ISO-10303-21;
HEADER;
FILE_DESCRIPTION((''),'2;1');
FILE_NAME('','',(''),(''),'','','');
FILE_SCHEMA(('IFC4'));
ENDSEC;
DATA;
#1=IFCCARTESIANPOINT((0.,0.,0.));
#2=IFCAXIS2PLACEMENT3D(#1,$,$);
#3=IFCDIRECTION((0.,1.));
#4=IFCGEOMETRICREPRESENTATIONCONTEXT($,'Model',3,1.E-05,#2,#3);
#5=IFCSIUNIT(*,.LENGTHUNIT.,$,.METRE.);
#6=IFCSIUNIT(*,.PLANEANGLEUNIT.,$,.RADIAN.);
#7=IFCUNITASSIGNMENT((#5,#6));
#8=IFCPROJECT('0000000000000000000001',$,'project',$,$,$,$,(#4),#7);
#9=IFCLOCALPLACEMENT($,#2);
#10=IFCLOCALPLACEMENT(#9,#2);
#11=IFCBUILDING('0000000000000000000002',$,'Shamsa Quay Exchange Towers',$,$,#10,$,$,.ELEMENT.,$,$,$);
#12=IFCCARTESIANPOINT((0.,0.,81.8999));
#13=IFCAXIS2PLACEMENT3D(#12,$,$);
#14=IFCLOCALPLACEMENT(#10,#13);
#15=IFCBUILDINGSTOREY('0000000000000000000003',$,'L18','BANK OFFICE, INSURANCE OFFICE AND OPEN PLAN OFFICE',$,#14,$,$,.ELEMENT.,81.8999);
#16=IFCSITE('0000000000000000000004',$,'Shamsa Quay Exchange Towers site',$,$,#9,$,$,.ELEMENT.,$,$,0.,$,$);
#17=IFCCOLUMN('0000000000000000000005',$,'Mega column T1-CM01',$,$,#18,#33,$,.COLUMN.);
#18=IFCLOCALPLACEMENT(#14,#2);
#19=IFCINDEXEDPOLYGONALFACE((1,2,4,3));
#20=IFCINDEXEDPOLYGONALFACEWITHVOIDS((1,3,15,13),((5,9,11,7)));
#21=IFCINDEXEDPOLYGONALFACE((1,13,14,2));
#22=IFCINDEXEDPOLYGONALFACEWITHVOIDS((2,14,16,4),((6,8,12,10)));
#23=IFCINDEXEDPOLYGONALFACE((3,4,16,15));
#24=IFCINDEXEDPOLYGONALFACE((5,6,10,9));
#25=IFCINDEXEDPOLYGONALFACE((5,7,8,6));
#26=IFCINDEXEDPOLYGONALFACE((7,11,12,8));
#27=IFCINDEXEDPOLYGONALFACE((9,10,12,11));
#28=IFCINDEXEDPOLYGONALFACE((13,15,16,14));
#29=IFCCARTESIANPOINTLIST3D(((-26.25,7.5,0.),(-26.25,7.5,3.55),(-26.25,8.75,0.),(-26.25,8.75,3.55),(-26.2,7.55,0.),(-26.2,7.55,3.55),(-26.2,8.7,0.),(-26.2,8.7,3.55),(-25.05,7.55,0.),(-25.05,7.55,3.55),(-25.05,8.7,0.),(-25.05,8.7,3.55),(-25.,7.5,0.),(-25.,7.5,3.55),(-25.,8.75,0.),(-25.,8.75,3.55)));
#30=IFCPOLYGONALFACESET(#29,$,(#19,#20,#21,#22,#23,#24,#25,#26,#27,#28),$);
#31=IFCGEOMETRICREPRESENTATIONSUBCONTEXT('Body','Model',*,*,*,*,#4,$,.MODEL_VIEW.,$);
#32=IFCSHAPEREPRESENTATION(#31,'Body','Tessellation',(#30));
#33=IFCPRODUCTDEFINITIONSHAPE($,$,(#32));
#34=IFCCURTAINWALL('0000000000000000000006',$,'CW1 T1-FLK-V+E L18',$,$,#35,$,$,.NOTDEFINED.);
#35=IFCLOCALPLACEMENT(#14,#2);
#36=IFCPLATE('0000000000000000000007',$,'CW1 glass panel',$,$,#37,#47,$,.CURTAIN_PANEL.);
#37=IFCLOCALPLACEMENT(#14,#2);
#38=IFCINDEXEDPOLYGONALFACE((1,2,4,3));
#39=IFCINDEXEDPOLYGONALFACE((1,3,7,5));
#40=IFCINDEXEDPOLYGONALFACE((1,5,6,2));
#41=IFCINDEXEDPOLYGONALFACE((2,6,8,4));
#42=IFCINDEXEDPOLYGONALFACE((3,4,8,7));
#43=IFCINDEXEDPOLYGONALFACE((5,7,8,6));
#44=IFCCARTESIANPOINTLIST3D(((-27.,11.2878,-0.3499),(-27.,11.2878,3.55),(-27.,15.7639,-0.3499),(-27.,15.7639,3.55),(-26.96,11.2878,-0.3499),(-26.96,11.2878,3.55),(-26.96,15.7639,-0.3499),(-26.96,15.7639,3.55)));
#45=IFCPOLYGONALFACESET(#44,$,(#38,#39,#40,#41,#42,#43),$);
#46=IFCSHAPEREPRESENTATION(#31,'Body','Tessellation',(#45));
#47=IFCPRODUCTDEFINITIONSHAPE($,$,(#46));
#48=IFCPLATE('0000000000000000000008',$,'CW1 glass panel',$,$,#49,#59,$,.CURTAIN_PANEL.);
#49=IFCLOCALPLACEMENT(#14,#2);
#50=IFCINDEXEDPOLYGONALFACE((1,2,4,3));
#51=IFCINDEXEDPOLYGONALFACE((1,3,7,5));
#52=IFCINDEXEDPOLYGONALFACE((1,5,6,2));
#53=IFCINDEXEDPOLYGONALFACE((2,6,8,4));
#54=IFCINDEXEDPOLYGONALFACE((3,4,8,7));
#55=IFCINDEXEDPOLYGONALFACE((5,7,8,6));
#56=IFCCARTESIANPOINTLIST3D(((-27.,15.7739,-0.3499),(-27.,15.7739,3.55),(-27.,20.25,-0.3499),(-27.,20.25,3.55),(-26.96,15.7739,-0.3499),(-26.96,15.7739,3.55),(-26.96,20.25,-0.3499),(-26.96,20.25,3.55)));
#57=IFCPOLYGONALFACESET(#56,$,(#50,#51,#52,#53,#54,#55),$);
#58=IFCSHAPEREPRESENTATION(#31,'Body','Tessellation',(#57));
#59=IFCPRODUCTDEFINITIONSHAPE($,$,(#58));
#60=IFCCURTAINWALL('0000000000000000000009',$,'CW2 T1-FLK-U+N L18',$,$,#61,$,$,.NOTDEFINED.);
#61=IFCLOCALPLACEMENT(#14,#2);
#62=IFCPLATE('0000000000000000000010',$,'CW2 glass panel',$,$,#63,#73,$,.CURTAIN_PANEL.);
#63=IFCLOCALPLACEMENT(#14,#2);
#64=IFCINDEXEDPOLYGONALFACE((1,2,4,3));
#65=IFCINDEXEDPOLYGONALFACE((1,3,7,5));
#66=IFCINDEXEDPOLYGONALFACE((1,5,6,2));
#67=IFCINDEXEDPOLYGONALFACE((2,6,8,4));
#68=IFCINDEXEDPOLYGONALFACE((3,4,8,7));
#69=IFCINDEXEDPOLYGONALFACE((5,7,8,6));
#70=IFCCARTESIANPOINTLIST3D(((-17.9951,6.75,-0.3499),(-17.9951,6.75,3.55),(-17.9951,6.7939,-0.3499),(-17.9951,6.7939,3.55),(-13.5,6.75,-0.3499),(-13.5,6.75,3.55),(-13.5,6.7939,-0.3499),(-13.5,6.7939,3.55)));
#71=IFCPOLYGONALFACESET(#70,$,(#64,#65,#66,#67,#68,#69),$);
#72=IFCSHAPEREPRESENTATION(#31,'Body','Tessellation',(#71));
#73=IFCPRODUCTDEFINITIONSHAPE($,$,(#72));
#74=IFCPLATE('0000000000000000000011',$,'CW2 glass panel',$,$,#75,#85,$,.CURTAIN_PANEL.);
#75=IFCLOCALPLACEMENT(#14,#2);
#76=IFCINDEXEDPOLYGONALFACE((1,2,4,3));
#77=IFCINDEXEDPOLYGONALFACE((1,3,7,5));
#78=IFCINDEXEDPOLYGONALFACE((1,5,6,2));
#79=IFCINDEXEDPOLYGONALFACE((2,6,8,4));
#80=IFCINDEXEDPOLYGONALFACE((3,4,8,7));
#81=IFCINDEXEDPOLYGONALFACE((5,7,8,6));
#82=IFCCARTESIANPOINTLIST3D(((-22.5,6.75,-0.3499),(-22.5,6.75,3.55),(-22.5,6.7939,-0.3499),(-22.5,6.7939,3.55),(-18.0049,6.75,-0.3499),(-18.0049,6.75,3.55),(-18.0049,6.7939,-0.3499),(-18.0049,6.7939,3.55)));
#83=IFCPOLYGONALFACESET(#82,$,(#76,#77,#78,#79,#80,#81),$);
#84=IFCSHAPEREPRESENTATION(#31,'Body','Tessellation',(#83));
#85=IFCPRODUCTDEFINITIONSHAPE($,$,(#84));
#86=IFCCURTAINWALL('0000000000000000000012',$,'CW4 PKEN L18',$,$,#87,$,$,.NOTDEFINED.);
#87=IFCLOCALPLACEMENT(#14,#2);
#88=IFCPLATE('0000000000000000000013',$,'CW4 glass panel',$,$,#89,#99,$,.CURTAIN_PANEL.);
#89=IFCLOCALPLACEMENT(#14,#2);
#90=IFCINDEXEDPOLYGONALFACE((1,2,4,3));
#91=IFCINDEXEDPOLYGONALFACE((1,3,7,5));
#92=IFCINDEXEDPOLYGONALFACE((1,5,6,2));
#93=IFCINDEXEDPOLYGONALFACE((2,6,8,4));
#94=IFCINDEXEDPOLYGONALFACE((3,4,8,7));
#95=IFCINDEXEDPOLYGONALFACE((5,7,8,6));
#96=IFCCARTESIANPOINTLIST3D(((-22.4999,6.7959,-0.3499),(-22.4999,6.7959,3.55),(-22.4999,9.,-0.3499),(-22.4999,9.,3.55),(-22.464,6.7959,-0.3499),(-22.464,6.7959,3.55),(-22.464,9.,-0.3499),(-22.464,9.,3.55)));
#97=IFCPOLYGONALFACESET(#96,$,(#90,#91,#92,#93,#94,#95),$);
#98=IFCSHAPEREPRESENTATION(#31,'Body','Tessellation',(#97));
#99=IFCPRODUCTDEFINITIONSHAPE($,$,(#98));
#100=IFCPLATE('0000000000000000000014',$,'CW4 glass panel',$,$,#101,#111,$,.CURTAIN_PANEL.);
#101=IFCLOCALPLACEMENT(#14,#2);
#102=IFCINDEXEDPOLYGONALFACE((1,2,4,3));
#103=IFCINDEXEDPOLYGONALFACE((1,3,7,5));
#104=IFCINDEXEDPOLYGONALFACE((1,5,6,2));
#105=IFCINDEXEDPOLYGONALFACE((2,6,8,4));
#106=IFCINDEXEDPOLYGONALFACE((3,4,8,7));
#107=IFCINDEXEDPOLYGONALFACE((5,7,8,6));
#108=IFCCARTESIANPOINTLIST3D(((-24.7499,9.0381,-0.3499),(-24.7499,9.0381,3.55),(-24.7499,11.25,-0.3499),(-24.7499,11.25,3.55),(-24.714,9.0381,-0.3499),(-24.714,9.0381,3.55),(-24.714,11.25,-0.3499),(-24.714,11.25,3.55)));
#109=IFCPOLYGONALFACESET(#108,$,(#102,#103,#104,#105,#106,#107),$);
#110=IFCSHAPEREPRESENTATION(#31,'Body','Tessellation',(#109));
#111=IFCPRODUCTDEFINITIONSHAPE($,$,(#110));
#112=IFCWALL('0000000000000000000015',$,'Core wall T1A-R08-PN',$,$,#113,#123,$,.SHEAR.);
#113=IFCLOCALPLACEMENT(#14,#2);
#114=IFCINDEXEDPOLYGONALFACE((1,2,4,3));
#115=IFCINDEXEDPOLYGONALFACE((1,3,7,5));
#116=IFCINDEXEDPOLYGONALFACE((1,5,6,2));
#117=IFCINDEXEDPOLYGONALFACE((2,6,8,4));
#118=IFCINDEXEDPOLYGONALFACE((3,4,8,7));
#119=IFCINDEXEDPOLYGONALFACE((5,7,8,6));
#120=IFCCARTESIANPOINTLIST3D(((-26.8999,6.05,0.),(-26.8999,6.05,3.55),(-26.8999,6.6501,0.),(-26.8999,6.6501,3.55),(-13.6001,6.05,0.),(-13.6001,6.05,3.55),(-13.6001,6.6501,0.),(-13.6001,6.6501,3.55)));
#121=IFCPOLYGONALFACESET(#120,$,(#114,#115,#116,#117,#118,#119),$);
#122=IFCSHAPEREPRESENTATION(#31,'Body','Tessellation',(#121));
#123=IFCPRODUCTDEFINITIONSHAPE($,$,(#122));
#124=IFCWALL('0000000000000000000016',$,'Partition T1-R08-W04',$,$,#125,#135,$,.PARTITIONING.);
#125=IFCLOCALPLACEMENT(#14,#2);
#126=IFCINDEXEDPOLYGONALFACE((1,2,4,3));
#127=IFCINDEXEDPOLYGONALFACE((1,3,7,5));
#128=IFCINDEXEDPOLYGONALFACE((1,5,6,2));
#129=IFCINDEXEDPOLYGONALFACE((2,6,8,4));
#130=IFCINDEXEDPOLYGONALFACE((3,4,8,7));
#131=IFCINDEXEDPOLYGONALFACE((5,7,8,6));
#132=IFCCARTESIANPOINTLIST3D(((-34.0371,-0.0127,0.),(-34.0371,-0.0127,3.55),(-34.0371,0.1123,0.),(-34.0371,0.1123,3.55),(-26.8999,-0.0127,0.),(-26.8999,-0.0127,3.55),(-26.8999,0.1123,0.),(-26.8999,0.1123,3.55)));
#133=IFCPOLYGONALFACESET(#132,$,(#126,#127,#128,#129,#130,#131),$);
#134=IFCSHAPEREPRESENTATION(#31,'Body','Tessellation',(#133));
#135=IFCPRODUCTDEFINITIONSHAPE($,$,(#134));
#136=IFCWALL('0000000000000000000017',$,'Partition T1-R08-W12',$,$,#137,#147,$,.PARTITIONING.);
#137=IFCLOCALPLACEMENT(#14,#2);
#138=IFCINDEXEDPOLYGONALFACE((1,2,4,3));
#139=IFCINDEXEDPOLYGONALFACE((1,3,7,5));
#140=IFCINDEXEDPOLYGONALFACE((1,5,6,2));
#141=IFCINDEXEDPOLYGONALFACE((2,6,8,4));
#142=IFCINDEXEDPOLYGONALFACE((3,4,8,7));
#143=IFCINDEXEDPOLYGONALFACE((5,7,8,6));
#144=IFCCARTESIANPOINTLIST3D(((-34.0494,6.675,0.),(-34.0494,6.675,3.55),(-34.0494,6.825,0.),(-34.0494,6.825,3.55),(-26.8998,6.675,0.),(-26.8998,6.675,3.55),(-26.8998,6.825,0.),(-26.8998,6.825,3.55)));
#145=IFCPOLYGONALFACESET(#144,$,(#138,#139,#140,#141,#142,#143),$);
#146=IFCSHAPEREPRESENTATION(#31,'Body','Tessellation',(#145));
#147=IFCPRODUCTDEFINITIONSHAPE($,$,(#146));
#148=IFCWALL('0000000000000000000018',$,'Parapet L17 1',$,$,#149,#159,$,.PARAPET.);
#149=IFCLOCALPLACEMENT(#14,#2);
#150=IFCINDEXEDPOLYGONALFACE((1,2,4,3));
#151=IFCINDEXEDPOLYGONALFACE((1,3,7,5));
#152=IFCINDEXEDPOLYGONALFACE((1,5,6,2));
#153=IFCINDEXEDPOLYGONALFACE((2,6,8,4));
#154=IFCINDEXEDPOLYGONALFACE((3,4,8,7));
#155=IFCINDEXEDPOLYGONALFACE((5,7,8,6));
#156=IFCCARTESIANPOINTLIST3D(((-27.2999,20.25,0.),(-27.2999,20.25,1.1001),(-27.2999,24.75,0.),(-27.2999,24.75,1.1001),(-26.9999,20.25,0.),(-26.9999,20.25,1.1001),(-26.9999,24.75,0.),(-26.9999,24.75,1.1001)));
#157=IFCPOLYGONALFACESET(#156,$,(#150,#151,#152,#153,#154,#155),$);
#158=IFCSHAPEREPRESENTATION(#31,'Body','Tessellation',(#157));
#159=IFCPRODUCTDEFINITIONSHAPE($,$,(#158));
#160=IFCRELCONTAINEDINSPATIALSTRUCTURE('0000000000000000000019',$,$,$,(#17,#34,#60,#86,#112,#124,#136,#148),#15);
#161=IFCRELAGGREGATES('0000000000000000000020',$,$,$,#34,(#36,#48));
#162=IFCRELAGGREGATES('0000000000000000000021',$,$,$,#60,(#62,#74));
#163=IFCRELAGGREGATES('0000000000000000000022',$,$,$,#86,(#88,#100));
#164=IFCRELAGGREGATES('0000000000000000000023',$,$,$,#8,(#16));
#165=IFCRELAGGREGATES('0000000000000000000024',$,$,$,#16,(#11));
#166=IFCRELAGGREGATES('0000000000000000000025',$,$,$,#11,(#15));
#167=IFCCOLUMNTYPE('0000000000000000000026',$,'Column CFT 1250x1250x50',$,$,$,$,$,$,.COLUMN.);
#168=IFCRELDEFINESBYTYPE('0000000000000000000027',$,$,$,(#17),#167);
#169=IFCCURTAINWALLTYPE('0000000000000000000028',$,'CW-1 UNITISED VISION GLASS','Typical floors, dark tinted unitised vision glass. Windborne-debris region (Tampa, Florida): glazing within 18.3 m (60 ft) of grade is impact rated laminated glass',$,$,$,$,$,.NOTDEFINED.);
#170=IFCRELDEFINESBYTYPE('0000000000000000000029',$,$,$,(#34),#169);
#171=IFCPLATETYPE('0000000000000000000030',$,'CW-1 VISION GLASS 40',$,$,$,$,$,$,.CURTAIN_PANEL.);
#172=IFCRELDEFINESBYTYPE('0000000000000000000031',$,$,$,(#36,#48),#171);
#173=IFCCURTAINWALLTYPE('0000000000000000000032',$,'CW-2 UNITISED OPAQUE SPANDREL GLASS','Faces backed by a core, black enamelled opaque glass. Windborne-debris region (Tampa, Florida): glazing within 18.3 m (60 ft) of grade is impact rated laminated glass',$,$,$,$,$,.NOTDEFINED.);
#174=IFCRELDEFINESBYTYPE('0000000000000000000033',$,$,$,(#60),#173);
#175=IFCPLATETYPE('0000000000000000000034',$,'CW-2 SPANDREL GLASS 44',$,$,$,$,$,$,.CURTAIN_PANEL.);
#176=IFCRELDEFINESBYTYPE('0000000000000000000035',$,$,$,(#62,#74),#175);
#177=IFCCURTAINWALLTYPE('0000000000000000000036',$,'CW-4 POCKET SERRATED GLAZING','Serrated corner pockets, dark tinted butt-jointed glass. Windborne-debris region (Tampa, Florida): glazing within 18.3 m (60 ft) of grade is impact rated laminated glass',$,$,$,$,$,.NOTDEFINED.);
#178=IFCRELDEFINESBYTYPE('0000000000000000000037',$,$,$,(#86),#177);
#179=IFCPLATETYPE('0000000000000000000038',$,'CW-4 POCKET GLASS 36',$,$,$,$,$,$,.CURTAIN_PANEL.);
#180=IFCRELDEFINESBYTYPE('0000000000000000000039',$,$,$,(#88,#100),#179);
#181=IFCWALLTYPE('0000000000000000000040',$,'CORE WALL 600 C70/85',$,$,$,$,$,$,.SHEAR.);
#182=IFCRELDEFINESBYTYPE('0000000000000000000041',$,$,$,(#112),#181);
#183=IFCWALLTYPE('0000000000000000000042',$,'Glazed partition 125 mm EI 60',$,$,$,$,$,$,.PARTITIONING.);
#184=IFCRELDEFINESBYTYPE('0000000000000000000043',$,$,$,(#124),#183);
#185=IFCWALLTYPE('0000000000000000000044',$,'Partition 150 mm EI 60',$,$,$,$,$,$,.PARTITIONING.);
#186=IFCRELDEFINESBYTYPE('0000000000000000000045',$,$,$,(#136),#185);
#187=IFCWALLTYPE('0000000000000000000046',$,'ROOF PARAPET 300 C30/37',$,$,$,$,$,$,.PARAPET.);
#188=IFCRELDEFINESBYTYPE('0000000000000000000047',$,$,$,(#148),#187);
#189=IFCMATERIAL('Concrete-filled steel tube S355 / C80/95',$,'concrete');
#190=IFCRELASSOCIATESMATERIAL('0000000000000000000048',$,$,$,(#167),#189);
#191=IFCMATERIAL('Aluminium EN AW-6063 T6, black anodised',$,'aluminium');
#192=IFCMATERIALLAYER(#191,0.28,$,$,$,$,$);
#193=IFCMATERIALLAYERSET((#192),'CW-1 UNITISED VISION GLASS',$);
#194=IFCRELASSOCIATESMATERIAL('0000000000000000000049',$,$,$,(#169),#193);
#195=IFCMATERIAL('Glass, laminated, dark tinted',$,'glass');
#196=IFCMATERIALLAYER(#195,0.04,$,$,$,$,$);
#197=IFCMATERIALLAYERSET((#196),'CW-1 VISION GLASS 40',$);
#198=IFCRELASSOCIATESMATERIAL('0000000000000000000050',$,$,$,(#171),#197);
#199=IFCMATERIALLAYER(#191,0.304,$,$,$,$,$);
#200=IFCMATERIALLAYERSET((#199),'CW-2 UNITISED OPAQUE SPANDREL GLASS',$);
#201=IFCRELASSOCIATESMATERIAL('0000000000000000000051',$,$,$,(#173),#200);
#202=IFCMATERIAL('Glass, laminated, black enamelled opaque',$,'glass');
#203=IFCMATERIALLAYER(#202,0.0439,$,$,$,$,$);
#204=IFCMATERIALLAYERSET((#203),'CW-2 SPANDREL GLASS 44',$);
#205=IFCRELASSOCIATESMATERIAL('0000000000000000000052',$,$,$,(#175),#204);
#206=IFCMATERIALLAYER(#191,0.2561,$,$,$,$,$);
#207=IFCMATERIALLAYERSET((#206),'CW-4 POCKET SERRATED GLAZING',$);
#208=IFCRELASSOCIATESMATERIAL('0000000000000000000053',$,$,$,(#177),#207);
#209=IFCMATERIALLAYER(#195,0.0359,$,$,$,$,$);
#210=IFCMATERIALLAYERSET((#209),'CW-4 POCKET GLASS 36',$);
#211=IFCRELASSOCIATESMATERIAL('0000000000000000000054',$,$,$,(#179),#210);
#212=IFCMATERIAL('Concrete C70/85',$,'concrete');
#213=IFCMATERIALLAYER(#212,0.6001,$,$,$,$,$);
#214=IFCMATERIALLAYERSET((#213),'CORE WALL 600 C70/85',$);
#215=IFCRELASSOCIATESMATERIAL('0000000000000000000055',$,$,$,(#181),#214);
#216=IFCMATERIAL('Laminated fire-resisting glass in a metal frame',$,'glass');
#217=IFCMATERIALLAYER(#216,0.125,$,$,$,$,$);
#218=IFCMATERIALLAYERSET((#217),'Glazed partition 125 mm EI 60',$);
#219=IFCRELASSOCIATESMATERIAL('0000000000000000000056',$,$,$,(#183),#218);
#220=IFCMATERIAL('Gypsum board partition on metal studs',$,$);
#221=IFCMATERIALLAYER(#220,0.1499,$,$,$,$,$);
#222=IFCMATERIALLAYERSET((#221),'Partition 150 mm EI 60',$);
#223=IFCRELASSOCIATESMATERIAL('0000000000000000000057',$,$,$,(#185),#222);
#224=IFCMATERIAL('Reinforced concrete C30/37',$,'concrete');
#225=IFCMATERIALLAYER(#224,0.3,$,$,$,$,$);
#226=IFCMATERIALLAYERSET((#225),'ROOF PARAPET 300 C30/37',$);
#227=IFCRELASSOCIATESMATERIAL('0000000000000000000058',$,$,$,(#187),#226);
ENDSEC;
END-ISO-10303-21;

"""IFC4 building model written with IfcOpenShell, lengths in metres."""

from ifc_helpers import new_model, si_unit, direction, frame, frame_2d, origin, origin_2d, place, context, subcontext, project, spatial, rectangle, hollow_rectangle, extrude, material, layer, layer_set, material_profile, profile_set, type_object, element, aggregate, save


model = new_model("IFC4")

# Units and contexts
model_context = context("Model", 3, precision=1e-05, world=origin(), true_north=direction((0.0, 1.0)))
body_context = subcontext(model_context, "Body", "Model", "MODEL_VIEW")
ifc_project = project(units=[si_unit("LENGTHUNIT", "METRE"), si_unit("PLANEANGLEUNIT", "RADIAN")], contexts=[model_context])

# Site, building, storey
site_placement = place(None, origin())
site = spatial("IfcSite", under=ifc_project, at=site_placement, Name="Shamsa Quay Exchange Towers site", CompositionType="ELEMENT", RefElevation=0.0)
building_placement = place(site_placement, origin())
building = spatial("IfcBuilding", under=site, at=building_placement, Name="Shamsa Quay Exchange Towers", CompositionType="ELEMENT")
storey_placement = place(building_placement, frame((0.0, 0.0, 81.8999)))
storey = spatial("IfcBuildingStorey", under=building, at=storey_placement, Name="L18", Description="BANK OFFICE, INSURANCE OFFICE AND OPEN PLAN OFFICE", CompositionType="ELEMENT", Elevation=81.8999)

# Column
ifc_material_1 = material(Name="Concrete-filled steel tube S355 / C80/95", Category="concrete")
ifc_material_profile = material_profile(ifc_material_1, hollow_rectangle(XDim=1.25, YDim=1.25, WallThickness=0.05, at=origin_2d()), Name="CFT 1250x1250x50")
ifc_profile_set = profile_set([ifc_material_profile], Name="Concrete-filled steel tube S355 / C80/95")
column_type = type_object("IfcColumnType", Name="Column CFT 1250x1250x50", PredefinedType="COLUMN", material=ifc_profile_set)
column_placement = place(storey_placement, frame((-25.625, 8.125, 0.0)))
element("IfcColumn", 1, at=column_placement, inside=storey, type_object=column_type, Name="Mega column T1-CM01", PredefinedType="COLUMN", context=body_context, shape_type="SweptSolid", body=[
    extrude(hollow_rectangle(XDim=1.25, YDim=1.25, WallThickness=0.05, at=origin_2d()), origin(), (0.0, 0.0, 1.0), 3.55),
])

# Curtain walls, plates
ifc_material_2 = material(Name="Aluminium EN AW-6063 T6, black anodised", Category="aluminium")
ifc_layer_1 = layer(ifc_material_2, 0.28)
ifc_layer_set_1 = layer_set([ifc_layer_1], Name="CW-1 UNITISED VISION GLASS")
curtain_wall_type_1 = type_object("IfcCurtainWallType", Name="CW-1 UNITISED VISION GLASS", Description="Typical floors, dark tinted unitised vision glass. Windborne-debris region (Tampa, Florida): glazing within 18.3 m (60 ft) of grade is impact rated laminated glass", PredefinedType="NOTDEFINED", material=ifc_layer_set_1)
curtain_wall_1_placement = place(storey_placement, origin())
curtain_wall_1 = element("IfcCurtainWall", 2, at=curtain_wall_1_placement, inside=storey, type_object=curtain_wall_type_1, Name="CW1 T1-FLK-V+E L18", PredefinedType="NOTDEFINED")
ifc_material_3 = material(Name="Glass, laminated, dark tinted", Category="glass")
ifc_layer_2 = layer(ifc_material_3, 0.04)
ifc_layer_set_2 = layer_set([ifc_layer_2], Name="CW-1 VISION GLASS 40")
plate_type_1 = type_object("IfcPlateType", Name="CW-1 VISION GLASS 40", PredefinedType="CURTAIN_PANEL", material=ifc_layer_set_2)
plate_1_placement = place(storey_placement, frame((-26.98, 13.5259, -0.3499), z_axis=(0.0, 0.0, 1.0), x_axis=(0.0, 1.0, 0.0)))
plate_1 = element("IfcPlate", 3, at=plate_1_placement, type_object=plate_type_1, Name="CW1 glass panel", PredefinedType="CURTAIN_PANEL", context=body_context, shape_type="SweptSolid", body=[
    extrude(rectangle(XDim=4.4761, YDim=0.04, at=origin_2d()), origin(), (0.0, 0.0, 1.0), 3.8999),
])
plate_2_placement = place(storey_placement, frame((-26.98, 18.012, -0.3499), z_axis=(0.0, 0.0, 1.0), x_axis=(0.0, 1.0, 0.0)))
plate_2 = element("IfcPlate", 4, at=plate_2_placement, type_object=plate_type_1, Name="CW1 glass panel", PredefinedType="CURTAIN_PANEL", context=body_context, shape_type="SweptSolid", body=[
    extrude(rectangle(XDim=4.4761, YDim=0.04, at=origin_2d()), origin(), (0.0, 0.0, 1.0), 3.8999),
])
aggregate(curtain_wall_1, [plate_1, plate_2])
ifc_layer_3 = layer(ifc_material_2, 0.304)
ifc_layer_set_3 = layer_set([ifc_layer_3], Name="CW-2 UNITISED OPAQUE SPANDREL GLASS")
curtain_wall_type_2 = type_object("IfcCurtainWallType", Name="CW-2 UNITISED OPAQUE SPANDREL GLASS", Description="Faces backed by a core, black enamelled opaque glass. Windborne-debris region (Tampa, Florida): glazing within 18.3 m (60 ft) of grade is impact rated laminated glass", PredefinedType="NOTDEFINED", material=ifc_layer_set_3)
curtain_wall_2_placement = place(storey_placement, origin())
curtain_wall_2 = element("IfcCurtainWall", 5, at=curtain_wall_2_placement, inside=storey, type_object=curtain_wall_type_2, Name="CW2 T1-FLK-U+N L18", PredefinedType="NOTDEFINED")
ifc_material_4 = material(Name="Glass, laminated, black enamelled opaque", Category="glass")
ifc_layer_4 = layer(ifc_material_4, 0.0439)
ifc_layer_set_4 = layer_set([ifc_layer_4], Name="CW-2 SPANDREL GLASS 44")
plate_type_2 = type_object("IfcPlateType", Name="CW-2 SPANDREL GLASS 44", PredefinedType="CURTAIN_PANEL", material=ifc_layer_set_4)
plate_3_placement = place(storey_placement, frame((-15.7476, 6.772, -0.3499), z_axis=(0.0, 0.0, 1.0), x_axis=(-1.0, 0.0, 0.0)))
plate_3 = element("IfcPlate", 6, at=plate_3_placement, type_object=plate_type_2, Name="CW2 glass panel", PredefinedType="CURTAIN_PANEL", context=body_context, shape_type="SweptSolid", body=[
    extrude(rectangle(XDim=4.4951, YDim=0.0439, at=origin_2d()), origin(), (0.0, 0.0, 1.0), 3.8999),
])
plate_4_placement = place(storey_placement, frame((-20.2524, 6.772, -0.3499), z_axis=(0.0, 0.0, 1.0), x_axis=(-1.0, 0.0, 0.0)))
plate_4 = element("IfcPlate", 7, at=plate_4_placement, type_object=plate_type_2, Name="CW2 glass panel", PredefinedType="CURTAIN_PANEL", context=body_context, shape_type="SweptSolid", body=[
    extrude(rectangle(XDim=4.4951, YDim=0.0439, at=origin_2d()), origin(), (0.0, 0.0, 1.0), 3.8999),
])
aggregate(curtain_wall_2, [plate_3, plate_4])
ifc_layer_5 = layer(ifc_material_2, 0.2561)
ifc_layer_set_5 = layer_set([ifc_layer_5], Name="CW-4 POCKET SERRATED GLAZING")
curtain_wall_type_3 = type_object("IfcCurtainWallType", Name="CW-4 POCKET SERRATED GLAZING", Description="Serrated corner pockets, dark tinted butt-jointed glass. Windborne-debris region (Tampa, Florida): glazing within 18.3 m (60 ft) of grade is impact rated laminated glass", PredefinedType="NOTDEFINED", material=ifc_layer_set_5)
curtain_wall_3_placement = place(storey_placement, origin())
curtain_wall_3 = element("IfcCurtainWall", 8, at=curtain_wall_3_placement, inside=storey, type_object=curtain_wall_type_3, Name="CW4 PKEN L18", PredefinedType="NOTDEFINED")
ifc_layer_6 = layer(ifc_material_3, 0.0359)
ifc_layer_set_6 = layer_set([ifc_layer_6], Name="CW-4 POCKET GLASS 36")
plate_type_3 = type_object("IfcPlateType", Name="CW-4 POCKET GLASS 36", PredefinedType="CURTAIN_PANEL", material=ifc_layer_set_6)
plate_5_placement = place(storey_placement, frame((-22.4819, 7.8979, -0.3499), z_axis=(0.0, 0.0, 1.0), x_axis=(0.0, 1.0, 0.0)))
plate_5 = element("IfcPlate", 9, at=plate_5_placement, type_object=plate_type_3, Name="CW4 glass panel", PredefinedType="CURTAIN_PANEL", context=body_context, shape_type="SweptSolid", body=[
    extrude(rectangle(XDim=2.2041, YDim=0.0359, at=origin_2d()), origin(), (0.0, 0.0, 1.0), 3.8999),
])
plate_6_placement = place(storey_placement, frame((-24.7319, 10.144, -0.3499), z_axis=(0.0, 0.0, 1.0), x_axis=(0.0, 1.0, 0.0)))
plate_6 = element("IfcPlate", 10, at=plate_6_placement, type_object=plate_type_3, Name="CW4 glass panel", PredefinedType="CURTAIN_PANEL", context=body_context, shape_type="SweptSolid", body=[
    extrude(rectangle(XDim=2.2119, YDim=0.0359, at=origin_2d()), origin(), (0.0, 0.0, 1.0), 3.8999),
])
aggregate(curtain_wall_3, [plate_5, plate_6])

# Wall
ifc_material_5 = material(Name="Concrete C70/85", Category="concrete")
ifc_layer_7 = layer(ifc_material_5, 0.6001)
ifc_layer_set_7 = layer_set([ifc_layer_7], Name="CORE WALL 600 C70/85")
wall_type_1 = type_object("IfcWallType", Name="CORE WALL 600 C70/85", PredefinedType="SHEAR", material=ifc_layer_set_7)
wall_1_placement = place(storey_placement, frame((-26.8999, 6.3501, 0.0)))
element("IfcWall", 11, at=wall_1_placement, inside=storey, type_object=wall_type_1, Name="Core wall T1A-R08-PN", PredefinedType="SHEAR", context=body_context, shape_type="SweptSolid", body=[
    extrude(rectangle(XDim=13.2998, YDim=0.6001, at=frame_2d((6.6499, 0.0))), origin(), (0.0, 0.0, 1.0), 3.55),
])

# Walls
ifc_material_6 = material(Name="Laminated fire-resisting glass in a metal frame", Category="glass")
ifc_layer_8 = layer(ifc_material_6, 0.125)
ifc_layer_set_8 = layer_set([ifc_layer_8], Name="Glazed partition 125 mm EI 60")
wall_type_2 = type_object("IfcWallType", Name="Glazed partition 125 mm EI 60", PredefinedType="PARTITIONING", material=ifc_layer_set_8)
wall_2_placement = place(storey_placement, frame((-26.8999, 0.0498, 0.0), z_axis=(0.0, 0.0, 1.0), x_axis=(-1.0, 0.0, 0.0)))
element("IfcWall", 12, at=wall_2_placement, inside=storey, type_object=wall_type_2, Name="Partition T1-R08-W04", PredefinedType="PARTITIONING", context=body_context, shape_type="SweptSolid", body=[
    extrude(rectangle(XDim=7.1372, YDim=0.125, at=frame_2d((3.5686, 0.0))), origin(), (0.0, 0.0, 1.0), 3.55),
])
ifc_material_7 = material(Name="Gypsum board partition on metal studs")
ifc_layer_9 = layer(ifc_material_7, 0.1499)
ifc_layer_set_9 = layer_set([ifc_layer_9], Name="Partition 150 mm EI 60")
wall_type_3 = type_object("IfcWallType", Name="Partition 150 mm EI 60", PredefinedType="PARTITIONING", material=ifc_layer_set_9)
wall_3_placement = place(storey_placement, frame((-26.8999, 6.75, 0.0), z_axis=(0.0, 0.0, 1.0), x_axis=(-1.0, 0.0, 0.0)))
element("IfcWall", 13, at=wall_3_placement, inside=storey, type_object=wall_type_3, Name="Partition T1-R08-W12", PredefinedType="PARTITIONING", context=body_context, shape_type="SweptSolid", body=[
    extrude(rectangle(XDim=7.1497, YDim=0.1499, at=frame_2d((3.5747, 0.0))), origin(), (0.0, 0.0, 1.0), 3.55),
])
ifc_material_8 = material(Name="Reinforced concrete C30/37", Category="concrete")
ifc_layer_10 = layer(ifc_material_8, 0.3)
ifc_layer_set_10 = layer_set([ifc_layer_10], Name="ROOF PARAPET 300 C30/37")
wall_type_4 = type_object("IfcWallType", Name="ROOF PARAPET 300 C30/37", PredefinedType="PARAPET", material=ifc_layer_set_10)
wall_4_placement = place(storey_placement, frame((-27.1499, 20.25, 0.0), z_axis=(0.0, 0.0, 1.0), x_axis=(0.0, 1.0, 0.0)))
element("IfcWall", 14, at=wall_4_placement, inside=storey, type_object=wall_type_4, Name="Parapet L17 1", PredefinedType="PARAPET", context=body_context, shape_type="SweptSolid", body=[
    extrude(rectangle(XDim=4.5, YDim=0.3, at=frame_2d((2.25, 0.0))), origin(), (0.0, 0.0, 1.0), 1.1001),
])

save(model, "model.ifc")
